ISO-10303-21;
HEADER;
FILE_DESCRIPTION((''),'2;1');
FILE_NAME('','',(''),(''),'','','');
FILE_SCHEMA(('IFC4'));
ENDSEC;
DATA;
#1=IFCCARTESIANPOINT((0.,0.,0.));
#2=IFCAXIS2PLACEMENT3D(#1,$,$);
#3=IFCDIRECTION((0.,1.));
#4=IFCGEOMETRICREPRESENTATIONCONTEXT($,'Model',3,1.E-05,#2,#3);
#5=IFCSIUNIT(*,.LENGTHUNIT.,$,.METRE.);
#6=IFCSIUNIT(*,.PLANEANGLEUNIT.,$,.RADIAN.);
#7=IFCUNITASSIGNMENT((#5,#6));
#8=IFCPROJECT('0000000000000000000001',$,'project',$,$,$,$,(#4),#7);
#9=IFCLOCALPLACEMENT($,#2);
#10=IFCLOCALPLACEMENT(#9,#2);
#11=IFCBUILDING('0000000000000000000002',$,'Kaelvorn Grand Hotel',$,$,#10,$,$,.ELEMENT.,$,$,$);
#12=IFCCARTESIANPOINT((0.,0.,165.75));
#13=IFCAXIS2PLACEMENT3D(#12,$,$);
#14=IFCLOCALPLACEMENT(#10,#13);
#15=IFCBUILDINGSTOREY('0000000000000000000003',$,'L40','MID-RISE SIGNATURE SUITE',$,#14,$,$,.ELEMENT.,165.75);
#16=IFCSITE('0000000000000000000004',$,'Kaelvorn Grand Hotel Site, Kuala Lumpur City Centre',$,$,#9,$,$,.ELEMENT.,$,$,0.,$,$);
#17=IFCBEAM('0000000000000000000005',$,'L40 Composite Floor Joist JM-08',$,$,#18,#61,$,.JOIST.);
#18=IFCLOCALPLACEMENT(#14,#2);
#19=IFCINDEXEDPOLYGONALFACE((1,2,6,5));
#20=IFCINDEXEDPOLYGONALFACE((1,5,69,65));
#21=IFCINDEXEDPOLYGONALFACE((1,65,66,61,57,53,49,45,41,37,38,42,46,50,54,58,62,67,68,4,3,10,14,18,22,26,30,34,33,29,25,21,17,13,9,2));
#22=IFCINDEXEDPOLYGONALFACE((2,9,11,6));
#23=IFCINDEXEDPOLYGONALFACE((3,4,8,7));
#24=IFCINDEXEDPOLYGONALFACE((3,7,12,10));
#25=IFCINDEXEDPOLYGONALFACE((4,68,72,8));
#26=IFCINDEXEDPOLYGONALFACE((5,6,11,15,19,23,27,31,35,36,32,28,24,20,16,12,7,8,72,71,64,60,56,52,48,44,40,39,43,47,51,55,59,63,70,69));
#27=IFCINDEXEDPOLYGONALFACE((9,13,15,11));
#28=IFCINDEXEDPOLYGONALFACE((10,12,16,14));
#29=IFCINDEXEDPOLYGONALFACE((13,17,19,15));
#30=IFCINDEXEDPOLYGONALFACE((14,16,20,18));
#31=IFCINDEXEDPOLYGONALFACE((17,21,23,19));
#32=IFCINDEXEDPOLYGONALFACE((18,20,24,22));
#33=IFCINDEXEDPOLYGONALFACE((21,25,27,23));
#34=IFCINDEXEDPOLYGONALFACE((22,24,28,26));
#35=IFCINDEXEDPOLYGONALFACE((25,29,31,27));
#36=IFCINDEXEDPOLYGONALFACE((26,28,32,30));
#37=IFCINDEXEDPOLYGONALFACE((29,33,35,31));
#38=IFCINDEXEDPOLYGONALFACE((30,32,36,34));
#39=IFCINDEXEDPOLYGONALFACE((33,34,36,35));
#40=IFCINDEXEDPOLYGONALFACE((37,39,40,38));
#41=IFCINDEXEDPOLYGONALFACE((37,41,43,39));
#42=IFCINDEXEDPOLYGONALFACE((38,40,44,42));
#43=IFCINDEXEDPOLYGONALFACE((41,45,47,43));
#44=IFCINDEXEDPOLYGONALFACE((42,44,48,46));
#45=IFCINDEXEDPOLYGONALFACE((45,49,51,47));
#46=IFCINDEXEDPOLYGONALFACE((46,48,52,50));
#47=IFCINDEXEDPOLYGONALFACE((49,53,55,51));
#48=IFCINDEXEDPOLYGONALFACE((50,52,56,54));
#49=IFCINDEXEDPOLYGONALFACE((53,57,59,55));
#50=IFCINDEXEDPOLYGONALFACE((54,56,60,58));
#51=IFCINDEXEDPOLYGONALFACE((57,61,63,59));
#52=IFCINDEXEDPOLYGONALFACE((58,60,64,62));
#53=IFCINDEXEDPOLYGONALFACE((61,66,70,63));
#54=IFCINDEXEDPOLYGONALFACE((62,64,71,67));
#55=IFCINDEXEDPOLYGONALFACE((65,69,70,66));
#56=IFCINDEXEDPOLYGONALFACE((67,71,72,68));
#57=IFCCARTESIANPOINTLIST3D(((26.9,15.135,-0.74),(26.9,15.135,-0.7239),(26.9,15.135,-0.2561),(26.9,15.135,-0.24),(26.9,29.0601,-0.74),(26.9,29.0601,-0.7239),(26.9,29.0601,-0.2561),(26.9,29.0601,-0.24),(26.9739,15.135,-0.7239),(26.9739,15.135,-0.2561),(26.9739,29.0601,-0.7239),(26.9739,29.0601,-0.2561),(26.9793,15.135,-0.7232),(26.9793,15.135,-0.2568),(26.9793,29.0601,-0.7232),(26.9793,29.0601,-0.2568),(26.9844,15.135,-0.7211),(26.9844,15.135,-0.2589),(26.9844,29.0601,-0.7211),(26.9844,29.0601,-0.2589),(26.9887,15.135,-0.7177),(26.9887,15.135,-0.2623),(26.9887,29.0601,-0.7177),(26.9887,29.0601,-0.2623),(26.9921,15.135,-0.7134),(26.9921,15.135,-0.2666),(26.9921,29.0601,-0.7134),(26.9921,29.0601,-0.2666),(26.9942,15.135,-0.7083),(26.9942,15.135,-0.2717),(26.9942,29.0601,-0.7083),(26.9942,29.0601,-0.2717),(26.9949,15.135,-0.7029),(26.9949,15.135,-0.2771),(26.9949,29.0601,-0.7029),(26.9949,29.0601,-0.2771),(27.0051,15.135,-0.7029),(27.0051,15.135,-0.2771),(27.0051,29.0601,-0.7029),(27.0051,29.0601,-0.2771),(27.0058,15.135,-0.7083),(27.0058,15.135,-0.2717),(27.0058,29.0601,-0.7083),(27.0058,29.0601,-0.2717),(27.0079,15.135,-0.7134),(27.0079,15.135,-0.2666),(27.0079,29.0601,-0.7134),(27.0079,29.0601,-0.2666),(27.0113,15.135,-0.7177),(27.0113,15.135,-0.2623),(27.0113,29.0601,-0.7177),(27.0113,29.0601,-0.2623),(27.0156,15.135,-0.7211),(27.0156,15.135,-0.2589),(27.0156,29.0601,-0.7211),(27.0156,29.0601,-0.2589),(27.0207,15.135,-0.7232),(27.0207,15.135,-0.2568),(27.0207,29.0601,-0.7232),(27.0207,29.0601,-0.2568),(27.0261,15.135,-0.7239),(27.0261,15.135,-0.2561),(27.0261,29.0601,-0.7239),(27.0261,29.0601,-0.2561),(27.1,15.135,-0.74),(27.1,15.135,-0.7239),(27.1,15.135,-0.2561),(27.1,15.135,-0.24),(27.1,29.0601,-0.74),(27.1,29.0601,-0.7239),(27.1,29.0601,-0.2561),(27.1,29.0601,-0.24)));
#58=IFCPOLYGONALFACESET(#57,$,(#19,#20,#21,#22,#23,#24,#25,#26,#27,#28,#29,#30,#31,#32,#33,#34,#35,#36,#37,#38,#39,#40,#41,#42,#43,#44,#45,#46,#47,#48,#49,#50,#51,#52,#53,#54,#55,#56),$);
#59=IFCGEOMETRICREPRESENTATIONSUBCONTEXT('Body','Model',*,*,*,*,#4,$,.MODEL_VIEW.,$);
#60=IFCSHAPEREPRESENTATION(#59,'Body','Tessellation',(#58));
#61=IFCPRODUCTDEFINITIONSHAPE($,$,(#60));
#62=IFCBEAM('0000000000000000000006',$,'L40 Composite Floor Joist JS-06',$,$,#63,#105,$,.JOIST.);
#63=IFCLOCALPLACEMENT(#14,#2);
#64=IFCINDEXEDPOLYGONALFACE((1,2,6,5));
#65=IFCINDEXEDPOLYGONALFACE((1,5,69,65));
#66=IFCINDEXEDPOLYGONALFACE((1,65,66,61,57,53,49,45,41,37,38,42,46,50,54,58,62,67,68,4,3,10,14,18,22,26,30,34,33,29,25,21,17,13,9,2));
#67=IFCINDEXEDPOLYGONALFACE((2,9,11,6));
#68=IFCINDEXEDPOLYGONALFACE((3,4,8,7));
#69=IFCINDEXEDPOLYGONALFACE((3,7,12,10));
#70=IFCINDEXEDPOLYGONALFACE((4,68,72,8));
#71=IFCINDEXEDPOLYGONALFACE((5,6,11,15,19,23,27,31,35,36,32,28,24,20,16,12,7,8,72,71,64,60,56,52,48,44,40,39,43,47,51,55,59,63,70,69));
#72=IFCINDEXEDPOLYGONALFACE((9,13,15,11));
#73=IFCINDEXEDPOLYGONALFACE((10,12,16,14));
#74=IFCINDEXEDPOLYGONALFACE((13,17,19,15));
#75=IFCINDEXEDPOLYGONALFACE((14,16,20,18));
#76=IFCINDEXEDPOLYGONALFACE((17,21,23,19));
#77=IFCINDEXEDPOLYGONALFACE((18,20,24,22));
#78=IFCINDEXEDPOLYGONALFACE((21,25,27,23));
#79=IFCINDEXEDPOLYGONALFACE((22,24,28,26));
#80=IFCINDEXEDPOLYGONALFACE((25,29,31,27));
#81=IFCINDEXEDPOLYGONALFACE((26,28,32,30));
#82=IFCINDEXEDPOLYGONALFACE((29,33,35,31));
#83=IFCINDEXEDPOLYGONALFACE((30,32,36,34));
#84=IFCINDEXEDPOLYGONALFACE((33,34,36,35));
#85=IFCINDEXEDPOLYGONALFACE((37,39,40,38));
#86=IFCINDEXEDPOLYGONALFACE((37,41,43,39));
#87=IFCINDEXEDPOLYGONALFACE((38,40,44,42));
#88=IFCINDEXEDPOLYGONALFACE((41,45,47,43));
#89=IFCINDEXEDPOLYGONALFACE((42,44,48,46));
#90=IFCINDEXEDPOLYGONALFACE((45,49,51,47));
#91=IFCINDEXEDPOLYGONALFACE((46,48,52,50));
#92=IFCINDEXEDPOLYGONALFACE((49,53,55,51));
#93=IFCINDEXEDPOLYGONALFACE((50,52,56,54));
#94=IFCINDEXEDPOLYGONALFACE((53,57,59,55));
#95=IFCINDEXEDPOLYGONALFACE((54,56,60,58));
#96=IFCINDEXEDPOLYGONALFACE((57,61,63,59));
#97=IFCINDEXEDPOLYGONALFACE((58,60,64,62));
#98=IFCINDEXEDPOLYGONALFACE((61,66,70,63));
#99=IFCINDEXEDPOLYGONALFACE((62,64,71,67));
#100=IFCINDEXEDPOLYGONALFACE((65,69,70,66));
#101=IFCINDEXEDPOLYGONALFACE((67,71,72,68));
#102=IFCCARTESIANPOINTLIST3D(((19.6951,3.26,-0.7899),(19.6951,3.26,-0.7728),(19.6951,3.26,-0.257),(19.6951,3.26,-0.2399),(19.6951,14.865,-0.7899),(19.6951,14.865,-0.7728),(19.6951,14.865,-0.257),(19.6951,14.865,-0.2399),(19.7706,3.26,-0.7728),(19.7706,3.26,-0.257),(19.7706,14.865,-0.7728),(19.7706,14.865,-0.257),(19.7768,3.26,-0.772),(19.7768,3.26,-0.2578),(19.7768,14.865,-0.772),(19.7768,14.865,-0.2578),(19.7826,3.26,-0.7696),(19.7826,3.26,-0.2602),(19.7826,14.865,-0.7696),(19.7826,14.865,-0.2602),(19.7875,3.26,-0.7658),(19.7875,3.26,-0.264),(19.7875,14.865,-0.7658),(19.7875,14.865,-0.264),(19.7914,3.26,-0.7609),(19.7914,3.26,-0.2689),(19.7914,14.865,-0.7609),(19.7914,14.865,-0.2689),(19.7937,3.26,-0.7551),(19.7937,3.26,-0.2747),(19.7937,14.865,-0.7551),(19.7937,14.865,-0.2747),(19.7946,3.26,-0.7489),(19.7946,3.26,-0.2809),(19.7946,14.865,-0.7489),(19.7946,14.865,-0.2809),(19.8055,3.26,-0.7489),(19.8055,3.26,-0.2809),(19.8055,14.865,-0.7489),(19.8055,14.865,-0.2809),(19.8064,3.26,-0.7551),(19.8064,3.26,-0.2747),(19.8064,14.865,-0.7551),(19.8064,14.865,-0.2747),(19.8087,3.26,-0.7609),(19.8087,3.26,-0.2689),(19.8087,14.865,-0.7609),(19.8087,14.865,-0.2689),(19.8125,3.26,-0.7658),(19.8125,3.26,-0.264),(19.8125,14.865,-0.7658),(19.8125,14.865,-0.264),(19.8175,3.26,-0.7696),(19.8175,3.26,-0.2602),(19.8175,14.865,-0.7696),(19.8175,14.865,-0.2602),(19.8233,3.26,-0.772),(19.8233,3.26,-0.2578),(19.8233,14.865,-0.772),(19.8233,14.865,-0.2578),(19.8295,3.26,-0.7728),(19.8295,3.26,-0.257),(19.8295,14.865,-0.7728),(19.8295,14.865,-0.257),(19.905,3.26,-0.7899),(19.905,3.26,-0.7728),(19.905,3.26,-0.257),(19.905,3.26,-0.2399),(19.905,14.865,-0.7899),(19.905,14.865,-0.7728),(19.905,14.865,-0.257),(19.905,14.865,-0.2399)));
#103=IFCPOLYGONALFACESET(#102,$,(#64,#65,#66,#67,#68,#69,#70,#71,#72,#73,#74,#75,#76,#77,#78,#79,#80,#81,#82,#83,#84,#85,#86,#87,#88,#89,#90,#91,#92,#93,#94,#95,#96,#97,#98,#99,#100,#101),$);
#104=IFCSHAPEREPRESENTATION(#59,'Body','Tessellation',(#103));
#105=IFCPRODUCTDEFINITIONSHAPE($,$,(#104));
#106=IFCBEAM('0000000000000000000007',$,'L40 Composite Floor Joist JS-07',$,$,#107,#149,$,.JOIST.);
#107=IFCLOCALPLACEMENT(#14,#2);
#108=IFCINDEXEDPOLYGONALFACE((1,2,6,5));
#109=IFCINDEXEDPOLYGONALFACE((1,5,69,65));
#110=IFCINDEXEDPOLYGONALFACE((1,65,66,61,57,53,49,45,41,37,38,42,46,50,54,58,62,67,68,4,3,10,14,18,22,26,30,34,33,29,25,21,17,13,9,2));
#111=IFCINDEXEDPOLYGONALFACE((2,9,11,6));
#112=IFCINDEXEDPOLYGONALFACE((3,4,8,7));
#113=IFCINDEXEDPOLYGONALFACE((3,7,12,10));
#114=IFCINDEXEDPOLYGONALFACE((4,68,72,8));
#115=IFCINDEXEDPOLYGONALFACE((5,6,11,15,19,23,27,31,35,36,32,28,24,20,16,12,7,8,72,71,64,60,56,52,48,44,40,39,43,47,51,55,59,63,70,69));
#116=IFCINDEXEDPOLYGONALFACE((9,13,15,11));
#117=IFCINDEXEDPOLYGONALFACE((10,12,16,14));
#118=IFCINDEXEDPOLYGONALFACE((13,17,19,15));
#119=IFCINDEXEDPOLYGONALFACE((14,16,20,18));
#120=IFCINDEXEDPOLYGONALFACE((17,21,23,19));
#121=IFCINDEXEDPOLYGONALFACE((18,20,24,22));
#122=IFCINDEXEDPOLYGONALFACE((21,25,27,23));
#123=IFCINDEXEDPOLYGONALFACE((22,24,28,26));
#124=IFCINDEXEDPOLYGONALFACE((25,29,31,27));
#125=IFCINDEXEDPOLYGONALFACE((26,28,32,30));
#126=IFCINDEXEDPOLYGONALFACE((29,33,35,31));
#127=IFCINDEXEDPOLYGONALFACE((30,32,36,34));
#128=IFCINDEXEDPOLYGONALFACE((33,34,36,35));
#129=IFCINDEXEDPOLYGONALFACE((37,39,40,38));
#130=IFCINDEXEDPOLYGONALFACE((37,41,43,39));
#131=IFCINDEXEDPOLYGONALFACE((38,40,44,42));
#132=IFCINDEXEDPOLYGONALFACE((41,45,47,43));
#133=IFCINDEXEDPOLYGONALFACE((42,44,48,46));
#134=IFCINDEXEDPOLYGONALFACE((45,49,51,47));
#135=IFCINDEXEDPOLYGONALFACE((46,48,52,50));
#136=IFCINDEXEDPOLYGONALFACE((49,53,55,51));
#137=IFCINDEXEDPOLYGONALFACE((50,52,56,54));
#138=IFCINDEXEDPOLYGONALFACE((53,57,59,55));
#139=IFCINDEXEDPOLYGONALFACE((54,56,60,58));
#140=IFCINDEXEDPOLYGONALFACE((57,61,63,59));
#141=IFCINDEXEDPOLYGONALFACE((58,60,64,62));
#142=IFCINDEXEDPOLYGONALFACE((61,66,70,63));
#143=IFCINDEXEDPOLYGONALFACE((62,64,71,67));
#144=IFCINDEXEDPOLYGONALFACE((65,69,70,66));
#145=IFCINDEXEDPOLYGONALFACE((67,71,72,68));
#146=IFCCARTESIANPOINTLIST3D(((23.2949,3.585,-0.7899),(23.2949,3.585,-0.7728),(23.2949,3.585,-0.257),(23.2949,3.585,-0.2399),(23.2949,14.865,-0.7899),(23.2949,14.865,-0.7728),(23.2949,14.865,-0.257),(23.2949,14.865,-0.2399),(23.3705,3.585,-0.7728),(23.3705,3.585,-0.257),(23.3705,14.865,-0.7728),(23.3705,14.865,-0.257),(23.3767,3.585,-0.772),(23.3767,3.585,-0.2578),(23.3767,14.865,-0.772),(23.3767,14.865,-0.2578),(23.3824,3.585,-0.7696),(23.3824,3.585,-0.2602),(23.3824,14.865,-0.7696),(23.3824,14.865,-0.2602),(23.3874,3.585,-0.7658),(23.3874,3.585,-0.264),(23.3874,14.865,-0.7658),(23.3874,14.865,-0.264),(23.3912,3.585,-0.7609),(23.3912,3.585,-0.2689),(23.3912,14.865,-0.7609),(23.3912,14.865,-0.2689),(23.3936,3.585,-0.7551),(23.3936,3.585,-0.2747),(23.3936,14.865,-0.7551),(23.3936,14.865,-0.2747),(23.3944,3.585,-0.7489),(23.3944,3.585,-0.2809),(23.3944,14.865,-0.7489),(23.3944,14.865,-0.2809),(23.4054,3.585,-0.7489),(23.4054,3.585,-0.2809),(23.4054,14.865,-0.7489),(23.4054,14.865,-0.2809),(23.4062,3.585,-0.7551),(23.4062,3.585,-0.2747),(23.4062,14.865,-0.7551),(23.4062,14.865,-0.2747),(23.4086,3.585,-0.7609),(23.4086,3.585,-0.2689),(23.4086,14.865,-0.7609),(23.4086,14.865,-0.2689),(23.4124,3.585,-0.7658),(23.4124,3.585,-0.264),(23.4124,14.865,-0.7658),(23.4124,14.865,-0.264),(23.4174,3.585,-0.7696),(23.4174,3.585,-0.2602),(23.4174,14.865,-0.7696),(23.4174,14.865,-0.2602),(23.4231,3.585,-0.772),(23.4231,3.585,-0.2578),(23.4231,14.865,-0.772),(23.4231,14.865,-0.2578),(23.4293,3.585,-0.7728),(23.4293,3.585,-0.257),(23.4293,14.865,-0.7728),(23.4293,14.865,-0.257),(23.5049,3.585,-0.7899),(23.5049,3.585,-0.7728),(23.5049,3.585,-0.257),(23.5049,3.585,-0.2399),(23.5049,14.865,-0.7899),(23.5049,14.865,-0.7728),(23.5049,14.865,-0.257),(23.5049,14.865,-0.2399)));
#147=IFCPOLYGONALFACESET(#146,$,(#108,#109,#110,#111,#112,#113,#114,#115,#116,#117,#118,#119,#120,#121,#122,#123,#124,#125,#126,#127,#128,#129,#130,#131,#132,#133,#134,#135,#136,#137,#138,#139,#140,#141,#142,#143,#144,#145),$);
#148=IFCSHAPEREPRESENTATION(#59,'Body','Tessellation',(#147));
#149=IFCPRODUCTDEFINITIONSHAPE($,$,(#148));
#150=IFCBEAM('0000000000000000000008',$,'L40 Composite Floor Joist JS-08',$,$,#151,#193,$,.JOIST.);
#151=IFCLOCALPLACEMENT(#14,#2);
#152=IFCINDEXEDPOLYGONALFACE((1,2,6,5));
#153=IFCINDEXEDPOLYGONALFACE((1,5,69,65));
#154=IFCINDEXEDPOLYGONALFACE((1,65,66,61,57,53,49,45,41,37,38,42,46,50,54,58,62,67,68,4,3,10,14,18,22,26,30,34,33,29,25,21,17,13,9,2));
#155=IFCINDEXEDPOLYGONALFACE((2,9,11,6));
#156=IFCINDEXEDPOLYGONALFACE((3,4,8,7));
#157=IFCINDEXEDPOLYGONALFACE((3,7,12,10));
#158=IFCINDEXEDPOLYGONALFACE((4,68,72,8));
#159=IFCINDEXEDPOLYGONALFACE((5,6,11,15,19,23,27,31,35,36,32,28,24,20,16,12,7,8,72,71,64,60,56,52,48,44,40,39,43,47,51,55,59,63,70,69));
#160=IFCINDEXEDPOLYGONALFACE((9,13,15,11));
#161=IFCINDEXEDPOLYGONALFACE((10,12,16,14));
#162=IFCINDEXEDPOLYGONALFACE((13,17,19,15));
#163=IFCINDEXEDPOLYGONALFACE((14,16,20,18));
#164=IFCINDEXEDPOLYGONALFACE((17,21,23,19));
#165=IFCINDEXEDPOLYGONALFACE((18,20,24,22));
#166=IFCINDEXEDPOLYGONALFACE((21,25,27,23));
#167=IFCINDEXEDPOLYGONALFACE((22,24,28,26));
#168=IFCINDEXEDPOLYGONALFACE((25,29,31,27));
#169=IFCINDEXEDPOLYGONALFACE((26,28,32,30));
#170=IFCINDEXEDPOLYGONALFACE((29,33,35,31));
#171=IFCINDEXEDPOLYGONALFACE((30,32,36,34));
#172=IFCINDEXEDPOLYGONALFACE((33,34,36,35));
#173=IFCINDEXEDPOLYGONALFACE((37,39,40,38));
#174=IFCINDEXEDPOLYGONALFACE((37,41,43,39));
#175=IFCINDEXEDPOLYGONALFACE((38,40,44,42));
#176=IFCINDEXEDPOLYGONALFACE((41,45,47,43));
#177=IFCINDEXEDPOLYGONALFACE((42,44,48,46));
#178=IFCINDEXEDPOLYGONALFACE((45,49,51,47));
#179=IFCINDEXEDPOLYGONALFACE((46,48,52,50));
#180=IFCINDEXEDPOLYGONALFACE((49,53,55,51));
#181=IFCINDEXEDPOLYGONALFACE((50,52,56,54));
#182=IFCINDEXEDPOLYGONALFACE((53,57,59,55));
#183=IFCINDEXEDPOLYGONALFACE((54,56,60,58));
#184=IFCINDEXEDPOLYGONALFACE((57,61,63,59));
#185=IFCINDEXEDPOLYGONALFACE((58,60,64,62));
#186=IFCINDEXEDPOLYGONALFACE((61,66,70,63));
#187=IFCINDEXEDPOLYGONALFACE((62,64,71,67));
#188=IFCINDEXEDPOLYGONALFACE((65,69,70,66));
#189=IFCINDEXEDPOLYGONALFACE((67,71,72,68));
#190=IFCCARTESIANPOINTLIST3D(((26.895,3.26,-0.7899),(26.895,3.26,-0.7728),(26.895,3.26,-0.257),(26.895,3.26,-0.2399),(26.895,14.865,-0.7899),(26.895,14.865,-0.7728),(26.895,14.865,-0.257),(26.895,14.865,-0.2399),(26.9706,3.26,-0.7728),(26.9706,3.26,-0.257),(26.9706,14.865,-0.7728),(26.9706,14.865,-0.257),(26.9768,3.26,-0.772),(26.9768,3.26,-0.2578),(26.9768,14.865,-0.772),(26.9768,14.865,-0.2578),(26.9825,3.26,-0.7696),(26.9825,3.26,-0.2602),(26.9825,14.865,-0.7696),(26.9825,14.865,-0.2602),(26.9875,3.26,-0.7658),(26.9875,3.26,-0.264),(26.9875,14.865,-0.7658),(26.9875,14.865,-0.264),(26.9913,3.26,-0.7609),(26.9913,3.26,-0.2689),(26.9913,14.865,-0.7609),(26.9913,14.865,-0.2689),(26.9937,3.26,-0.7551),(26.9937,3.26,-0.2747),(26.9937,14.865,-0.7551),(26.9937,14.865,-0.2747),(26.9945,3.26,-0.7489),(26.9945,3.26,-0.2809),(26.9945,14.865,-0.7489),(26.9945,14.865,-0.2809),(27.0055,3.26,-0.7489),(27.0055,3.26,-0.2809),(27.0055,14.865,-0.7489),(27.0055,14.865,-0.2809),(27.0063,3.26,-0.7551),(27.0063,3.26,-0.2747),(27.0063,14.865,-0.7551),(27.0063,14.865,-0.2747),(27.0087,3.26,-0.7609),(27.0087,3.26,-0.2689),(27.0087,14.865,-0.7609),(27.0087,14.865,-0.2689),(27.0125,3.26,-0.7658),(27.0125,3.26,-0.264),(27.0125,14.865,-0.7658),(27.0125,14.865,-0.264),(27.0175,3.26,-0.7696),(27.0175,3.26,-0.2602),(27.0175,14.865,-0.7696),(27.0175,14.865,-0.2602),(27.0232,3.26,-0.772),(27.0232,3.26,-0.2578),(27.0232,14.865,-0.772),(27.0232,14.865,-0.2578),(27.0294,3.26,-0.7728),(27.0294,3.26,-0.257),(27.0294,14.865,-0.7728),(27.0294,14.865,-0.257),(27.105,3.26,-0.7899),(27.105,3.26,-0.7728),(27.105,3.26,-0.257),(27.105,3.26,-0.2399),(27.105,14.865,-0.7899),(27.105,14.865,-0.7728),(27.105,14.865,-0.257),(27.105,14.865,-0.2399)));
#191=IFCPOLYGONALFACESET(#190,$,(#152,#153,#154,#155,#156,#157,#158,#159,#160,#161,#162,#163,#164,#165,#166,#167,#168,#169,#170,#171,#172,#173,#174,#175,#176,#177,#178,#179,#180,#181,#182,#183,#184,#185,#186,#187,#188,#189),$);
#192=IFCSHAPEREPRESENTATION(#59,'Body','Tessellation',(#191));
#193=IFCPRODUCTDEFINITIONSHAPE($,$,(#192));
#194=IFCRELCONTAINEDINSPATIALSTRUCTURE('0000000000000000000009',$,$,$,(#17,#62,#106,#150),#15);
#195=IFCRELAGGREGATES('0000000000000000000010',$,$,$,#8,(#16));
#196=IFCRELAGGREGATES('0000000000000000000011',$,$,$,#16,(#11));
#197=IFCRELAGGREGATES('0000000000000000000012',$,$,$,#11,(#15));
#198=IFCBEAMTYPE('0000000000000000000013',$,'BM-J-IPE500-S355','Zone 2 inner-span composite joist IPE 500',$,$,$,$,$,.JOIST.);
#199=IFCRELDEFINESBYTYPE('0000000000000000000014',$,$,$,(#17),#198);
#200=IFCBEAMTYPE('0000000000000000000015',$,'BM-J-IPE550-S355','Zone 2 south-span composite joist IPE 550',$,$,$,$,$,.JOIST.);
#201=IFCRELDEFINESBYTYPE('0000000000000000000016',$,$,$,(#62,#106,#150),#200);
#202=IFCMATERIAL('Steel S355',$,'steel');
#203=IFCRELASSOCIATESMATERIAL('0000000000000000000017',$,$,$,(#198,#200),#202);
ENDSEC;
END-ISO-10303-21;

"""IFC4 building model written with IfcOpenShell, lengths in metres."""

from ifc_helpers import new_model, si_unit, direction, frame, origin, origin_2d, place, context, subcontext, project, spatial, i_section, extrude, material, material_profile, profile_set, type_object, element, save


model = new_model("IFC4")

# Units and contexts
model_context = context("Model", 3, precision=1e-05, world=origin(), true_north=direction((0.0, 1.0)))
body_context = subcontext(model_context, "Body", "Model", "MODEL_VIEW")
ifc_project = project(units=[si_unit("LENGTHUNIT", "METRE"), si_unit("PLANEANGLEUNIT", "RADIAN")], contexts=[model_context])

# Site, building, storey
site_placement = place(None, origin())
site = spatial("IfcSite", under=ifc_project, at=site_placement, Name="Kaelvorn Grand Hotel Site, Kuala Lumpur City Centre", CompositionType="ELEMENT", RefElevation=0.0)
building_placement = place(site_placement, origin())
building = spatial("IfcBuilding", under=site, at=building_placement, Name="Kaelvorn Grand Hotel", CompositionType="ELEMENT")
storey_placement = place(building_placement, frame((0.0, 0.0, 165.75)))
storey = spatial("IfcBuildingStorey", under=building, at=storey_placement, Name="L40", Description="MID-RISE SIGNATURE SUITE", CompositionType="ELEMENT", Elevation=165.75)

# Beams
ifc_material_1 = material(Name="Steel S355", Category="steel")
ifc_material_profile_1 = material_profile(ifc_material_1, i_section(OverallWidth=0.2, OverallDepth=0.5, WebThickness=0.0103, FlangeThickness=0.0161, FilletRadius=0.021, at=origin_2d()), Name="IPE 500")
ifc_profile_set_1 = profile_set([ifc_material_profile_1], Name="Steel S355")
beam_type_1 = type_object("IfcBeamType", Name="BM-J-IPE500-S355", Description="Zone 2 inner-span composite joist IPE 500", PredefinedType="JOIST", material=ifc_profile_set_1)
beam_1_placement = place(storey_placement, frame((27.0, 15.135, -0.49), z_axis=(0.0, 1.0, 0.0), x_axis=(-1.0, 0.0, 0.0)))
element("IfcBeam", 1, at=beam_1_placement, inside=storey, type_object=beam_type_1, Name="L40 Composite Floor Joist JM-08", PredefinedType="JOIST", context=body_context, shape_type="SweptSolid", body=[
    extrude(i_section(OverallWidth=0.2, OverallDepth=0.5, WebThickness=0.0103, FlangeThickness=0.0161, FilletRadius=0.021, at=origin_2d()), origin(), (0.0, 0.0, 1.0), 13.925),
])
ifc_material_profile_2 = material_profile(ifc_material_1, i_section(OverallWidth=0.21, OverallDepth=0.55, WebThickness=0.011, FlangeThickness=0.0171, FilletRadius=0.0239, at=origin_2d()), Name="IPE 550")
ifc_profile_set_2 = profile_set([ifc_material_profile_2], Name="Steel S355")
beam_type_2 = type_object("IfcBeamType", Name="BM-J-IPE550-S355", Description="Zone 2 south-span composite joist IPE 550", PredefinedType="JOIST", material=ifc_profile_set_2)
beam_2_placement = place(storey_placement, frame((19.8, 3.26, -0.5149), z_axis=(0.0, 1.0, 0.0), x_axis=(-1.0, 0.0, 0.0)))
element("IfcBeam", 2, at=beam_2_placement, inside=storey, type_object=beam_type_2, Name="L40 Composite Floor Joist JS-06", PredefinedType="JOIST", context=body_context, shape_type="SweptSolid", body=[
    extrude(i_section(OverallWidth=0.21, OverallDepth=0.55, WebThickness=0.011, FlangeThickness=0.0171, FilletRadius=0.0239, at=origin_2d()), origin(), (0.0, 0.0, 1.0), 11.605),
])
beam_3_placement = place(storey_placement, frame((23.3999, 3.585, -0.5149), z_axis=(0.0, 1.0, 0.0), x_axis=(-1.0, 0.0, 0.0)))
element("IfcBeam", 3, at=beam_3_placement, inside=storey, type_object=beam_type_2, Name="L40 Composite Floor Joist JS-07", PredefinedType="JOIST", context=body_context, shape_type="SweptSolid", body=[
    extrude(i_section(OverallWidth=0.21, OverallDepth=0.55, WebThickness=0.011, FlangeThickness=0.0171, FilletRadius=0.0239, at=origin_2d()), origin(), (0.0, 0.0, 1.0), 11.28),
])
beam_4_placement = place(storey_placement, frame((27.0, 3.26, -0.5149), z_axis=(0.0, 1.0, 0.0), x_axis=(-1.0, 0.0, 0.0)))
element("IfcBeam", 4, at=beam_4_placement, inside=storey, type_object=beam_type_2, Name="L40 Composite Floor Joist JS-08", PredefinedType="JOIST", context=body_context, shape_type="SweptSolid", body=[
    extrude(i_section(OverallWidth=0.21, OverallDepth=0.55, WebThickness=0.011, FlangeThickness=0.0171, FilletRadius=0.0239, at=origin_2d()), origin(), (0.0, 0.0, 1.0), 11.605),
])

save(model, "model.ifc")
